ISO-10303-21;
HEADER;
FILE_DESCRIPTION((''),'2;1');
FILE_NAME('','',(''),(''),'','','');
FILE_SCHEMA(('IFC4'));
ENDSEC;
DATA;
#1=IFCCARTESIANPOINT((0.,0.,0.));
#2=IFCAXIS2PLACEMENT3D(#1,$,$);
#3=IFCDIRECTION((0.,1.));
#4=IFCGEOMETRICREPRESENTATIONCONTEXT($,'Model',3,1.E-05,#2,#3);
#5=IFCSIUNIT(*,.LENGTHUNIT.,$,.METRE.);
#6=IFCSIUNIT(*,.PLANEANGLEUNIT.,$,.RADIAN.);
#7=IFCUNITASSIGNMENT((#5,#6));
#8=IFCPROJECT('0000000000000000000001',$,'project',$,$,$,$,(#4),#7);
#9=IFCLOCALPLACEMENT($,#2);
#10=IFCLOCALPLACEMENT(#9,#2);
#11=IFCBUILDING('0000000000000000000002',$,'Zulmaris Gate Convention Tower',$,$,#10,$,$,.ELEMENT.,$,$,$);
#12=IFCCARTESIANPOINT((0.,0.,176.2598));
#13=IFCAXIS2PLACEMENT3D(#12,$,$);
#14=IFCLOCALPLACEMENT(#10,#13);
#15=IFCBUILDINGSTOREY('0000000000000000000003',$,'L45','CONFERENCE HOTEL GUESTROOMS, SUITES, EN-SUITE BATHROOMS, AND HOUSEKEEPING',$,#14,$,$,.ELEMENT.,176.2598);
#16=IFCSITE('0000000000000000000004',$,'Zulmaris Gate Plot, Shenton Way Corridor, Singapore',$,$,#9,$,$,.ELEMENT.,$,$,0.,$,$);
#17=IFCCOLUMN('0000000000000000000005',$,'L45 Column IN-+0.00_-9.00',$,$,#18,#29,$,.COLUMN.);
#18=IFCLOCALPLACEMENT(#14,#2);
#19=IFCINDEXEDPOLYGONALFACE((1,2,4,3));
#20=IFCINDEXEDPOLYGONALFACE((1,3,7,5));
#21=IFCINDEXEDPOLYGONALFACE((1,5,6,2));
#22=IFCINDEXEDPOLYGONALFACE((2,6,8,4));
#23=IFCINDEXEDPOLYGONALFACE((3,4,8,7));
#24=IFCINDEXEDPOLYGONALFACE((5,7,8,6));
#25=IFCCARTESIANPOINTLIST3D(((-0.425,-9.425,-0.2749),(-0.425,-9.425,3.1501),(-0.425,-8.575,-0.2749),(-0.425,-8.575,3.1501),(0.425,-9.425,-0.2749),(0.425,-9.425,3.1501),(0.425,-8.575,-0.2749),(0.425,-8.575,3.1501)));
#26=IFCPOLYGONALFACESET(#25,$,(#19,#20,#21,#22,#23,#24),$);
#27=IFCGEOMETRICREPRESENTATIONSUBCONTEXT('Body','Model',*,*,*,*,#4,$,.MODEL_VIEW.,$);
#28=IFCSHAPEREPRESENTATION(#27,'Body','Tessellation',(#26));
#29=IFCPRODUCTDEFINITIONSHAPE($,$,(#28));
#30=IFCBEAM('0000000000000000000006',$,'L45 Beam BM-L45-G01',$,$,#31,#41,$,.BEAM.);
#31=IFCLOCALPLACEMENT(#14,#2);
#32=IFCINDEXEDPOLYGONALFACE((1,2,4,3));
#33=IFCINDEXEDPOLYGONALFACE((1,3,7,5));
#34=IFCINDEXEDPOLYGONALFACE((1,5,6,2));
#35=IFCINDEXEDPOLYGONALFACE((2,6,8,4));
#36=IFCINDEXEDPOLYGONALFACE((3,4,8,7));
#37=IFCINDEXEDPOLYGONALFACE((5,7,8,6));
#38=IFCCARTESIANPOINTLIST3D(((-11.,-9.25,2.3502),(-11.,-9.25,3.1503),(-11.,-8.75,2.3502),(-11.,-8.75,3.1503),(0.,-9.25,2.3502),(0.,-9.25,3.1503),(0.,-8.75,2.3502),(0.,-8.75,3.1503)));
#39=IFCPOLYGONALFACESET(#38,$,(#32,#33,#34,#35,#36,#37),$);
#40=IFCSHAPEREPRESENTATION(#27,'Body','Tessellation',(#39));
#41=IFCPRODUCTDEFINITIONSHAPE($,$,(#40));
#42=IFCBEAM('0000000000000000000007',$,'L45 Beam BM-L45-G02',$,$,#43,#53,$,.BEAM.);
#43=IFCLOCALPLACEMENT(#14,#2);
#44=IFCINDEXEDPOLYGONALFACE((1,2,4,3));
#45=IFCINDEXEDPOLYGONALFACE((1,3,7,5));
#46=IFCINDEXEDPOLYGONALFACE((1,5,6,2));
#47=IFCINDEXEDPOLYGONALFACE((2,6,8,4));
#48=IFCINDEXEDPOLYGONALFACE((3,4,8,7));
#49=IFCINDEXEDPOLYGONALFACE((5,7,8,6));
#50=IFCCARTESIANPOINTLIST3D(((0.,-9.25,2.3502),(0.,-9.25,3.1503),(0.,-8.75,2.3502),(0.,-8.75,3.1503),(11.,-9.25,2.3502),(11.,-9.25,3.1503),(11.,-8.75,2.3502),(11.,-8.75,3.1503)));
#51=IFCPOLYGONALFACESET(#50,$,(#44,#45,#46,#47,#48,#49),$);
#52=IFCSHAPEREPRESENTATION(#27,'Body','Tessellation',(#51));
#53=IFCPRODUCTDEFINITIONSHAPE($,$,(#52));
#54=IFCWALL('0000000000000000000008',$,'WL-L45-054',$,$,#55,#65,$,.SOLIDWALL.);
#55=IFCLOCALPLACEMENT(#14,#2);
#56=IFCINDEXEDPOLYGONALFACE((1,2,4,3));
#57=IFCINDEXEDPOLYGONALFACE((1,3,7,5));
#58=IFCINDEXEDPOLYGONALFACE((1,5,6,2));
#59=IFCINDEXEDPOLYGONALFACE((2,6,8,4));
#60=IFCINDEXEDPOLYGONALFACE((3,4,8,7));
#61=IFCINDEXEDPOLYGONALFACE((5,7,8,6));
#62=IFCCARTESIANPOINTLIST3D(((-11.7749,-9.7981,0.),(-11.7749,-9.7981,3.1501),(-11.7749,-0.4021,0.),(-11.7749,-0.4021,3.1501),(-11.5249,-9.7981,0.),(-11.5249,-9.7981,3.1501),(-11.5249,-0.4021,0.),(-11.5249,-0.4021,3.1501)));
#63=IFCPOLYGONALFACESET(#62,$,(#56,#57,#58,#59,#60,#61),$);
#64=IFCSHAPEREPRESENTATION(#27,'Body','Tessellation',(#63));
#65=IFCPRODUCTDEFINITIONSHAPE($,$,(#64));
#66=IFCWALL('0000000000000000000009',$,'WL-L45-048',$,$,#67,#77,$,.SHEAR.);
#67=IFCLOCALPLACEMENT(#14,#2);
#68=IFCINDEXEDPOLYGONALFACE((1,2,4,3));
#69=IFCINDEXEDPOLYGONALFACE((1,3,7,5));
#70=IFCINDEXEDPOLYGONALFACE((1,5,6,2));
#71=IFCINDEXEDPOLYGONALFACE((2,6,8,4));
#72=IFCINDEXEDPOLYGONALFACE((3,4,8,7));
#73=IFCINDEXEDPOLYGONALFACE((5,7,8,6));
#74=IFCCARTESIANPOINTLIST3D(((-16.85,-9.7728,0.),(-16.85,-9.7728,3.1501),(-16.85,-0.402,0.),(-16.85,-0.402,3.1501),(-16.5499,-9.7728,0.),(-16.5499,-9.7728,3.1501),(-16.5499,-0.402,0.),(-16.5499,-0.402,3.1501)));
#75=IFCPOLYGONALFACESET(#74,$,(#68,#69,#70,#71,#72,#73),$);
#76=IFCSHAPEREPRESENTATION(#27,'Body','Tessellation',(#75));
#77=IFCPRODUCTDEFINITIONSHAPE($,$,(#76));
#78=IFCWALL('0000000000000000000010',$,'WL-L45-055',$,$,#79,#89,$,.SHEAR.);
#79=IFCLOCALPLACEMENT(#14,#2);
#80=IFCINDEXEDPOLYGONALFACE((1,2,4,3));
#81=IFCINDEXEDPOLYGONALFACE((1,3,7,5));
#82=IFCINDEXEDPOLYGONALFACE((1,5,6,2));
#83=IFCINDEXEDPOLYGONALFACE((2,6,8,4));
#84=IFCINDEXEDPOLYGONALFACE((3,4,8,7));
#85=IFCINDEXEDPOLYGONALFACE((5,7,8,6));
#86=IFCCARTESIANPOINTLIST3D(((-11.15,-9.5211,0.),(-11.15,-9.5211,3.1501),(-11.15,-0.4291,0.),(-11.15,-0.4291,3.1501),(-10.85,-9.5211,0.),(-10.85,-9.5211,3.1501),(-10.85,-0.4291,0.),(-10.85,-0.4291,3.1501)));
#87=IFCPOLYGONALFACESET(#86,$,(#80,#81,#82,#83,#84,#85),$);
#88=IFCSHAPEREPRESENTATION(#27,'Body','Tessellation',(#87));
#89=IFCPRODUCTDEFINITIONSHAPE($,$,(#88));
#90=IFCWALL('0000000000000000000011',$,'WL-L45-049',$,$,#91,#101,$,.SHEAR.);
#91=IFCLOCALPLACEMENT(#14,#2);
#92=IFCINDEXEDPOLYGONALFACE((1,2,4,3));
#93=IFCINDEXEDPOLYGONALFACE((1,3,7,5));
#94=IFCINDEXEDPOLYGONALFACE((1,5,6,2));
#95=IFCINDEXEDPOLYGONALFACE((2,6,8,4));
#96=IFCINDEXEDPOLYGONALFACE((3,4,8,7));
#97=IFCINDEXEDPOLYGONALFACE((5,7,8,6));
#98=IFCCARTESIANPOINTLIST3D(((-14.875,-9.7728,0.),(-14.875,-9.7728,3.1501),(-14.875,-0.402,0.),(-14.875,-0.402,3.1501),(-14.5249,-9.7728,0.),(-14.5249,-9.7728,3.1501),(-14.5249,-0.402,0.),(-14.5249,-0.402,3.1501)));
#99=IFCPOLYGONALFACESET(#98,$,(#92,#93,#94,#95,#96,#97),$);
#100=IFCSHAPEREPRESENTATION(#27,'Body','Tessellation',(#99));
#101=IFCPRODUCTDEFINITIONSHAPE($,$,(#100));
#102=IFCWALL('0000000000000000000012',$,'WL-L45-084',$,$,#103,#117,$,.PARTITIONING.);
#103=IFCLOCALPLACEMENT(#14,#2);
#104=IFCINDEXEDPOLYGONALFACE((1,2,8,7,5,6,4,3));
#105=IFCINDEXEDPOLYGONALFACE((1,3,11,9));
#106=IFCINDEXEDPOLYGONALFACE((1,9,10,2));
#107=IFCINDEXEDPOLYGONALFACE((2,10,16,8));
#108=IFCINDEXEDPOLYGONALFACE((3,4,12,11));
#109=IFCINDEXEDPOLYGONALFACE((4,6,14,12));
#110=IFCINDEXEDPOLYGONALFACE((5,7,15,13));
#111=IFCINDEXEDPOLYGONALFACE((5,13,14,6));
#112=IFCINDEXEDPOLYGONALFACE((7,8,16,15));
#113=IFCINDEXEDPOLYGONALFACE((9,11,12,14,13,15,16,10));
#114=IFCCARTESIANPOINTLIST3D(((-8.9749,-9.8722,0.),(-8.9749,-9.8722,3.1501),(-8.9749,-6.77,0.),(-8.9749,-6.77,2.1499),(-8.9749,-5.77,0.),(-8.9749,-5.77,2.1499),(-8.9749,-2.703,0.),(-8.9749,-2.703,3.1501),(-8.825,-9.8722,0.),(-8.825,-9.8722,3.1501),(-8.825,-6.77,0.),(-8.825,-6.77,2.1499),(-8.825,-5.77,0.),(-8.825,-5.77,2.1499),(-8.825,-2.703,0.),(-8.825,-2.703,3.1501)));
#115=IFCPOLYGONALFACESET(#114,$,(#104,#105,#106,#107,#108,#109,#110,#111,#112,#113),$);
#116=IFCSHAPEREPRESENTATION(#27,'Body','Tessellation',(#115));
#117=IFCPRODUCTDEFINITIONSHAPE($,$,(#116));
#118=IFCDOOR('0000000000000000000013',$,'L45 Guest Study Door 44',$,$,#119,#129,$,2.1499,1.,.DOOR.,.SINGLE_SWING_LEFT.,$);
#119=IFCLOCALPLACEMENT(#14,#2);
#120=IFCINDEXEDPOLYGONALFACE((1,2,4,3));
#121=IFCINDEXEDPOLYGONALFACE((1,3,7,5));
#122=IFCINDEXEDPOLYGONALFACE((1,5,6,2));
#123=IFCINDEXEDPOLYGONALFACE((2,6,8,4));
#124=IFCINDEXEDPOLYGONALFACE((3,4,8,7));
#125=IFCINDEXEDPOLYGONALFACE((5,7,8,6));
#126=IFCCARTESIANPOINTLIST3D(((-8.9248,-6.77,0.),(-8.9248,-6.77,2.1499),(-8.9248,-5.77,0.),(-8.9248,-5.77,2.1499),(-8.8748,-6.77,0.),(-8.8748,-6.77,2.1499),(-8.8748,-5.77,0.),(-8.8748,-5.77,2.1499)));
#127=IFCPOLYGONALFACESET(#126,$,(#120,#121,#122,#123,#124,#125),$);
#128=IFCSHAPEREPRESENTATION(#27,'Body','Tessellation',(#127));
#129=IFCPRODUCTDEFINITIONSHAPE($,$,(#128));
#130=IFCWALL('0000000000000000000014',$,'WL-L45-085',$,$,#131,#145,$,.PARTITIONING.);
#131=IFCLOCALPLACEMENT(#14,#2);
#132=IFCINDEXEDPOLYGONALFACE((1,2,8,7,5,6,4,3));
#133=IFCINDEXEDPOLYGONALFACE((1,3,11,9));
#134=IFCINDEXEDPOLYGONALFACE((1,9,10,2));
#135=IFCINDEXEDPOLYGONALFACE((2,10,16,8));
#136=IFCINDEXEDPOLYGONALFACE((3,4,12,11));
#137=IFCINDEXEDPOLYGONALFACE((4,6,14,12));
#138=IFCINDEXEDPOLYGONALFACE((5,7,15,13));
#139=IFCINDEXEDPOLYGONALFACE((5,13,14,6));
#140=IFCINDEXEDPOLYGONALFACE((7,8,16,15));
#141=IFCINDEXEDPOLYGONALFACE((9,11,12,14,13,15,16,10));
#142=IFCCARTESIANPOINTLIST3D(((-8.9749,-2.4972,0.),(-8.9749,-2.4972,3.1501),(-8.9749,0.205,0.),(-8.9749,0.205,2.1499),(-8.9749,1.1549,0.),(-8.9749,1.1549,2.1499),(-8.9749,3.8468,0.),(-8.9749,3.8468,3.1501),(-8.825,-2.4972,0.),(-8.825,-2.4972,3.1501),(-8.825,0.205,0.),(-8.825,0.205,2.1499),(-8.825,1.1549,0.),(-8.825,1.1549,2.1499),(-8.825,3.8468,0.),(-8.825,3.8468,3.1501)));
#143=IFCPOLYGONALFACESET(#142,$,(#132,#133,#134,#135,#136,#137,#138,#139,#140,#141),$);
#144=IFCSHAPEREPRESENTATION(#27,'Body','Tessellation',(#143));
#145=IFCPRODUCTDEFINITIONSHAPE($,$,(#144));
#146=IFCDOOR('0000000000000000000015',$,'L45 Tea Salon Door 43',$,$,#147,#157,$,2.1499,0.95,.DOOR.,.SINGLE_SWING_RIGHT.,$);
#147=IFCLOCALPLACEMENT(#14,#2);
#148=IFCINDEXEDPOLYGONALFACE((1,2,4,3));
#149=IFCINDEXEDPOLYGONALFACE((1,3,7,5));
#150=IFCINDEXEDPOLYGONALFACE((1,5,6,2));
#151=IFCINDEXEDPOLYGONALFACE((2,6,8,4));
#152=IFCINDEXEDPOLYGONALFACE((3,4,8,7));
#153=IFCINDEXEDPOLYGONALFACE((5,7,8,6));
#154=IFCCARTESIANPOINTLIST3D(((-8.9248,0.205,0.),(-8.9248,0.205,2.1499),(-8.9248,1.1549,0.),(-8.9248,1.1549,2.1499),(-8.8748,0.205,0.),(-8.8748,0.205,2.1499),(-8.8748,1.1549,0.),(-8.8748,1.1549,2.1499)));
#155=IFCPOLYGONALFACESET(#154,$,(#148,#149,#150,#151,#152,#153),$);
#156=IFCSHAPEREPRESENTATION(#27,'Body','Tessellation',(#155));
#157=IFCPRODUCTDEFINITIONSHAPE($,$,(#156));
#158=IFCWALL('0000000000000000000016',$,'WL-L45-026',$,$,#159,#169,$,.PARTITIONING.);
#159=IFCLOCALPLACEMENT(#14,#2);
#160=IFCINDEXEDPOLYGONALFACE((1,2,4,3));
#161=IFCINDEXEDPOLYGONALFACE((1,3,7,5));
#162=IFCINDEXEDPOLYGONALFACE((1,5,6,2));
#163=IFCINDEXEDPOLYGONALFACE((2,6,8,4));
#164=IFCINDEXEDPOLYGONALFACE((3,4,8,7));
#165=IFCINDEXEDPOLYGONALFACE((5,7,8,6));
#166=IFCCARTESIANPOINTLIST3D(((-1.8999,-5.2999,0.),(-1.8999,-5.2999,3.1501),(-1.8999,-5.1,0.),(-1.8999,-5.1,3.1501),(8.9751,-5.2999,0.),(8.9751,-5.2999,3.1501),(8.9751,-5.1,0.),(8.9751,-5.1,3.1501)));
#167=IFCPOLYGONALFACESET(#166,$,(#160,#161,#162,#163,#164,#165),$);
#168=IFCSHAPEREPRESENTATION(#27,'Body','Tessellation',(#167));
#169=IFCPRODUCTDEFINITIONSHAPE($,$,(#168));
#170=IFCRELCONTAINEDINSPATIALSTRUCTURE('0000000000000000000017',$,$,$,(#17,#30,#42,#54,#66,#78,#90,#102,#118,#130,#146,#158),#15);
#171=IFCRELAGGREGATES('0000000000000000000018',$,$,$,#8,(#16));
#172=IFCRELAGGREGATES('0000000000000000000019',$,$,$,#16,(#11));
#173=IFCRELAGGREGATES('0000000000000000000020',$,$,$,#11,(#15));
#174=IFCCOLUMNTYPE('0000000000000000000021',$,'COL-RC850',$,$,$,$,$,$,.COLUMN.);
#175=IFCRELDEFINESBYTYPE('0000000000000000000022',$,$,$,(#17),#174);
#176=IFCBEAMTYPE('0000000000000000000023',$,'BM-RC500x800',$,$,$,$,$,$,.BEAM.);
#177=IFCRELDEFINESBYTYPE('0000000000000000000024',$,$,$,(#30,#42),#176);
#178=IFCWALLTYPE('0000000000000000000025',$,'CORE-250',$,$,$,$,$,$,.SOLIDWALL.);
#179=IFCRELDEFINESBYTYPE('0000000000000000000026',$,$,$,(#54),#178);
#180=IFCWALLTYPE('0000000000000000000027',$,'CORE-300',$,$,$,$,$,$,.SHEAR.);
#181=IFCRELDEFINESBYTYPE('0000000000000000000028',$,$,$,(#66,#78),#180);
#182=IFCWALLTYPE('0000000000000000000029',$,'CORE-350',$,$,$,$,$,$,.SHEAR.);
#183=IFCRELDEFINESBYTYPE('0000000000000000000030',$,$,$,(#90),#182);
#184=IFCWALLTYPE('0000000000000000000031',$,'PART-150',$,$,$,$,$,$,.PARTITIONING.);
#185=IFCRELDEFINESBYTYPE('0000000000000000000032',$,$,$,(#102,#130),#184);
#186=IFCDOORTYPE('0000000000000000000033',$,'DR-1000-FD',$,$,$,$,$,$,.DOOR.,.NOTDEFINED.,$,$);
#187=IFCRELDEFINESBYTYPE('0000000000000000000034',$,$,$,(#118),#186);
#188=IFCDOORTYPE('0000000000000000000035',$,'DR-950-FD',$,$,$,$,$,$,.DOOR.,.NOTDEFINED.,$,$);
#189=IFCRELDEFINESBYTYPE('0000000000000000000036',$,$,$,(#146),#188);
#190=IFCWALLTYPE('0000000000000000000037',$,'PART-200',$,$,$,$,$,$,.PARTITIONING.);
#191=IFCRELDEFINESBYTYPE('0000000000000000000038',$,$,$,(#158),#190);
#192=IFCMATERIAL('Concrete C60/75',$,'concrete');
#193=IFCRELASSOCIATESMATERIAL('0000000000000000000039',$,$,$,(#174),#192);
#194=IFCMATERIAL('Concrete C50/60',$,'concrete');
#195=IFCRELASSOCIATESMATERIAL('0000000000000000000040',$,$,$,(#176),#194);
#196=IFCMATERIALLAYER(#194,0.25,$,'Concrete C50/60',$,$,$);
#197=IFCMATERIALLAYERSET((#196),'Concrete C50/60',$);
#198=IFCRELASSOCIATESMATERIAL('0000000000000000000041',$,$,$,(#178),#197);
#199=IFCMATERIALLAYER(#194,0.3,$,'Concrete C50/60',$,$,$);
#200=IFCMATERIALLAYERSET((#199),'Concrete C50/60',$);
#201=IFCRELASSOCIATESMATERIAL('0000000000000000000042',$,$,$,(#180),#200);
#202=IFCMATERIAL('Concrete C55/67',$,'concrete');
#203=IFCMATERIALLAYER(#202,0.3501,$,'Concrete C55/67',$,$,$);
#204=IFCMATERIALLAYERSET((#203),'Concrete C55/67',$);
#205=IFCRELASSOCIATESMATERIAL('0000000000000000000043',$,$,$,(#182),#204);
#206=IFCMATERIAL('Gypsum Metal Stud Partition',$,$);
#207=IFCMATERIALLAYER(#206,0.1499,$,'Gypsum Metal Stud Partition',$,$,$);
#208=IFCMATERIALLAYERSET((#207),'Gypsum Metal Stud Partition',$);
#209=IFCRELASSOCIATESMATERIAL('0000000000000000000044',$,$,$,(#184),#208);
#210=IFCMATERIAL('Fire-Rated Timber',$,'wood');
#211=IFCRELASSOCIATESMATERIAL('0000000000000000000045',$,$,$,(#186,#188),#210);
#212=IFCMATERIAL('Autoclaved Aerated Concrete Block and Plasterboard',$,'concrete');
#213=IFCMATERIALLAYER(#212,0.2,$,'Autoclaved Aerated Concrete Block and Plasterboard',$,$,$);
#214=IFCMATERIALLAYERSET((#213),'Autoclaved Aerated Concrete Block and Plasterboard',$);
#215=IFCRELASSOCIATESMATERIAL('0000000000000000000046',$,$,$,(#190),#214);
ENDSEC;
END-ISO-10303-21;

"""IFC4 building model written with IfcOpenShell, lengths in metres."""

from ifc_helpers import new_model, si_unit, direction, frame, frame_2d, origin, origin_2d, place, context, subcontext, project, spatial, rectangle, extrude, material, layer, layer_set, material_profile, profile_set, type_object, element, fill, save


model = new_model("IFC4")

# Units and contexts
model_context = context("Model", 3, precision=1e-05, world=origin(), true_north=direction((0.0, 1.0)))
body_context = subcontext(model_context, "Body", "Model", "MODEL_VIEW")
ifc_project = project(units=[si_unit("LENGTHUNIT", "METRE"), si_unit("PLANEANGLEUNIT", "RADIAN")], contexts=[model_context])

# Site, building, storey
site_placement = place(None, origin())
site = spatial("IfcSite", under=ifc_project, at=site_placement, Name="Zulmaris Gate Plot, Shenton Way Corridor, Singapore", CompositionType="ELEMENT", RefElevation=0.0)
building_placement = place(site_placement, origin())
building = spatial("IfcBuilding", under=site, at=building_placement, Name="Zulmaris Gate Convention Tower", CompositionType="ELEMENT")
storey_placement = place(building_placement, frame((0.0, 0.0, 176.2598)))
storey = spatial("IfcBuildingStorey", under=building, at=storey_placement, Name="L45", Description="CONFERENCE HOTEL GUESTROOMS, SUITES, EN-SUITE BATHROOMS, AND HOUSEKEEPING", CompositionType="ELEMENT", Elevation=176.2598)

# Column
ifc_material_1 = material(Name="Concrete C60/75", Category="concrete")
ifc_material_profile_1 = material_profile(ifc_material_1, rectangle(XDim=0.8501, YDim=0.8501, at=origin_2d()), Name="RC COL 850x850")
ifc_profile_set_1 = profile_set([ifc_material_profile_1], Name="Concrete C60/75")
column_type = type_object("IfcColumnType", Name="COL-RC850", PredefinedType="COLUMN", material=ifc_profile_set_1)
column_placement = place(storey_placement, frame((0.0, -9.0, -0.2749), z_axis=(0.0, 0.0, 1.0), x_axis=(1.0, 0.0, 0.0)))
element("IfcColumn", 1, at=column_placement, inside=storey, type_object=column_type, Name="L45 Column IN-+0.00_-9.00", PredefinedType="COLUMN", context=body_context, shape_type="SweptSolid", body=[
    extrude(rectangle(XDim=0.8501, YDim=0.8501, at=origin_2d()), origin(), (0.0, 0.0, 1.0), 3.425),
])

# Beams
ifc_material_2 = material(Name="Concrete C50/60", Category="concrete")
ifc_material_profile_2 = material_profile(ifc_material_2, rectangle(XDim=0.5, YDim=0.8, at=origin_2d()), Name="RC BEAM 500x800")
ifc_profile_set_2 = profile_set([ifc_material_profile_2], Name="Concrete C50/60")
beam_type = type_object("IfcBeamType", Name="BM-RC500x800", PredefinedType="BEAM", material=ifc_profile_set_2)
for number, where, z_axis, x_axis, name in (
    (2, (-11.0, -9.0, 2.7502), (1.0, 0.0, 0.0), (0.0, 1.0, 0.0), "L45 Beam BM-L45-G01"),
    (3, (0.0, -9.0, 2.7502), (1.0, 0.0, 0.0), (0.0, 1.0, 0.0), "L45 Beam BM-L45-G02"),
):
    element("IfcBeam", number, at=place(storey_placement, frame(where, z_axis=z_axis, x_axis=x_axis)), inside=storey, type_object=beam_type, Name=name, PredefinedType="BEAM", context=body_context, shape_type="SweptSolid", body=[
        extrude(rectangle(XDim=0.5, YDim=0.8, at=origin_2d()), origin(), (0.0, 0.0, 1.0), 11.0),
    ])

# Walls
ifc_layer_1 = layer(ifc_material_2, 0.25, Name="Concrete C50/60")
ifc_layer_set_1 = layer_set([ifc_layer_1], Name="Concrete C50/60")
wall_type_1 = type_object("IfcWallType", Name="CORE-250", PredefinedType="SOLIDWALL", material=ifc_layer_set_1)
wall_1_placement = place(storey_placement, frame((-11.6499, -9.7981, 0.0), z_axis=(0.0, 0.0, 1.0), x_axis=(0.0, 1.0, 0.0)))
element("IfcWall", 4, at=wall_1_placement, inside=storey, type_object=wall_type_1, Name="WL-L45-054", PredefinedType="SOLIDWALL", context=body_context, shape_type="SweptSolid", body=[
    extrude(rectangle(XDim=9.396, YDim=0.25, at=frame_2d((4.698, 0.0))), origin(), (0.0, 0.0, 1.0), 3.1501),
])
ifc_layer_2 = layer(ifc_material_2, 0.3, Name="Concrete C50/60")
ifc_layer_set_2 = layer_set([ifc_layer_2], Name="Concrete C50/60")
wall_type_2 = type_object("IfcWallType", Name="CORE-300", PredefinedType="SHEAR", material=ifc_layer_set_2)
wall_2_placement = place(storey_placement, frame((-16.7, -9.7729, 0.0), z_axis=(0.0, 0.0, 1.0), x_axis=(0.0, 1.0, 0.0)))
element("IfcWall", 5, at=wall_2_placement, inside=storey, type_object=wall_type_2, Name="WL-L45-048", PredefinedType="SHEAR", context=body_context, shape_type="SweptSolid", body=[
    extrude(rectangle(XDim=9.3708, YDim=0.3, at=frame_2d((4.6855, 0.0))), origin(), (0.0, 0.0, 1.0), 3.1501),
])
wall_3_placement = place(storey_placement, frame((-11.0, -9.521, 0.0), z_axis=(0.0, 0.0, 1.0), x_axis=(0.0, 1.0, 0.0)))
element("IfcWall", 6, at=wall_3_placement, inside=storey, type_object=wall_type_2, Name="WL-L45-055", PredefinedType="SHEAR", context=body_context, shape_type="SweptSolid", body=[
    extrude(rectangle(XDim=9.092, YDim=0.3, at=frame_2d((4.5459, 0.0))), origin(), (0.0, 0.0, 1.0), 3.1501),
])
ifc_material_3 = material(Name="Concrete C55/67", Category="concrete")
ifc_layer_3 = layer(ifc_material_3, 0.3501, Name="Concrete C55/67")
ifc_layer_set_3 = layer_set([ifc_layer_3], Name="Concrete C55/67")
wall_type_3 = type_object("IfcWallType", Name="CORE-350", PredefinedType="SHEAR", material=ifc_layer_set_3)
wall_4_placement = place(storey_placement, frame((-14.7, -9.7729, 0.0), z_axis=(0.0, 0.0, 1.0), x_axis=(0.0, 1.0, 0.0)))
element("IfcWall", 7, at=wall_4_placement, inside=storey, type_object=wall_type_3, Name="WL-L45-049", PredefinedType="SHEAR", context=body_context, shape_type="SweptSolid", body=[
    extrude(rectangle(XDim=9.3708, YDim=0.3501, at=frame_2d((4.6855, 0.0))), origin(), (0.0, 0.0, 1.0), 3.1501),
])

# Walls, openings, doors
ifc_material_4 = material(Name="Gypsum Metal Stud Partition")
ifc_layer_4 = layer(ifc_material_4, 0.1499, Name="Gypsum Metal Stud Partition")
ifc_layer_set_4 = layer_set([ifc_layer_4], Name="Gypsum Metal Stud Partition")
wall_type_4 = type_object("IfcWallType", Name="PART-150", PredefinedType="PARTITIONING", material=ifc_layer_set_4)
wall_5_placement = place(storey_placement, frame((-8.8999, -9.8721, 0.0), z_axis=(0.0, 0.0, 1.0), x_axis=(0.0, 1.0, 0.0)))
wall_5 = element("IfcWall", 8, at=wall_5_placement, inside=storey, type_object=wall_type_4, Name="WL-L45-084", PredefinedType="PARTITIONING", context=body_context, shape_type="SweptSolid", body=[
    extrude(rectangle(XDim=7.1692, YDim=0.1499, at=frame_2d((3.5845, 0.0))), origin(), (0.0, 0.0, 1.0), 3.1501),
])
opening_1_placement = place(wall_5_placement, frame((3.1021, 0.0, 0.0)))
opening_1 = element("IfcOpeningElement", 9, at=opening_1_placement, cuts=wall_5, PredefinedType="OPENING", context=body_context, shape_type="SweptSolid", body=[
    extrude(rectangle(XDim=1.0, YDim=2.1499, at=frame_2d((0.5, 1.075))), frame((0.0, 0.085, 0.0), z_axis=(0.0, -1.0, 0.0), x_axis=(1.0, 0.0, 0.0)), (0.0, 0.0, 1.0), 0.1699),
])
ifc_material_5 = material(Name="Fire-Rated Timber", Category="wood")
door_type_1 = type_object("IfcDoorType", Name="DR-1000-FD", OperationType="NOTDEFINED", PredefinedType="DOOR", material=ifc_material_5)
door_1_placement = place(opening_1_placement, origin())
door_1 = element("IfcDoor", 10, at=door_1_placement, inside=storey, type_object=door_type_1, Name="L45 Guest Study Door 44", OperationType="SINGLE_SWING_LEFT", OverallHeight=2.1499, OverallWidth=1.0, PredefinedType="DOOR", context=body_context, shape_type="SweptSolid", body=[
    extrude(rectangle(XDim=1.0, YDim=2.1499, at=frame_2d((0.5, 1.075))), frame((0.0, 0.0249, 0.0), z_axis=(0.0, -1.0, 0.0), x_axis=(1.0, 0.0, 0.0)), (0.0, 0.0, 1.0), 0.05),
])
fill(opening_1, door_1)
wall_6_placement = place(storey_placement, frame((-8.8999, -2.4971, 0.0), z_axis=(0.0, 0.0, 1.0), x_axis=(0.0, 1.0, 0.0)))
wall_6 = element("IfcWall", 11, at=wall_6_placement, inside=storey, type_object=wall_type_4, Name="WL-L45-085", PredefinedType="PARTITIONING", context=body_context, shape_type="SweptSolid", body=[
    extrude(rectangle(XDim=6.344, YDim=0.1499, at=frame_2d((3.1719, 0.0))), origin(), (0.0, 0.0, 1.0), 3.1501),
])
opening_2_placement = place(wall_6_placement, frame((2.7019, 0.0, 0.0)))
opening_2 = element("IfcOpeningElement", 12, at=opening_2_placement, cuts=wall_6, PredefinedType="OPENING", context=body_context, shape_type="SweptSolid", body=[
    extrude(rectangle(XDim=0.95, YDim=2.1499, at=frame_2d((0.4751, 1.075))), frame((0.0, 0.085, 0.0), z_axis=(0.0, -1.0, 0.0), x_axis=(1.0, 0.0, 0.0)), (0.0, 0.0, 1.0), 0.1699),
])
door_type_2 = type_object("IfcDoorType", Name="DR-950-FD", OperationType="NOTDEFINED", PredefinedType="DOOR", material=ifc_material_5)
door_2_placement = place(opening_2_placement, origin())
door_2 = element("IfcDoor", 13, at=door_2_placement, inside=storey, type_object=door_type_2, Name="L45 Tea Salon Door 43", OperationType="SINGLE_SWING_RIGHT", OverallHeight=2.1499, OverallWidth=0.95, PredefinedType="DOOR", context=body_context, shape_type="SweptSolid", body=[
    extrude(rectangle(XDim=0.95, YDim=2.1499, at=frame_2d((0.4751, 1.075))), frame((0.0, 0.0249, 0.0), z_axis=(0.0, -1.0, 0.0), x_axis=(1.0, 0.0, 0.0)), (0.0, 0.0, 1.0), 0.05),
])
fill(opening_2, door_2)

# Wall
ifc_material_6 = material(Name="Autoclaved Aerated Concrete Block and Plasterboard", Category="concrete")
ifc_layer_5 = layer(ifc_material_6, 0.2, Name="Autoclaved Aerated Concrete Block and Plasterboard")
ifc_layer_set_5 = layer_set([ifc_layer_5], Name="Autoclaved Aerated Concrete Block and Plasterboard")
wall_type_5 = type_object("IfcWallType", Name="PART-200", PredefinedType="PARTITIONING", material=ifc_layer_set_5)
wall_7_placement = place(storey_placement, frame((-1.8999, -5.2, 0.0), z_axis=(0.0, 0.0, 1.0), x_axis=(1.0, 0.0, 0.0)))
element("IfcWall", 14, at=wall_7_placement, inside=storey, type_object=wall_type_5, Name="WL-L45-026", PredefinedType="PARTITIONING", context=body_context, shape_type="SweptSolid", body=[
    extrude(rectangle(XDim=10.875, YDim=0.2, at=frame_2d((5.4375, 0.0))), origin(), (0.0, 0.0, 1.0), 3.1501),
])

save(model, "model.ifc")
